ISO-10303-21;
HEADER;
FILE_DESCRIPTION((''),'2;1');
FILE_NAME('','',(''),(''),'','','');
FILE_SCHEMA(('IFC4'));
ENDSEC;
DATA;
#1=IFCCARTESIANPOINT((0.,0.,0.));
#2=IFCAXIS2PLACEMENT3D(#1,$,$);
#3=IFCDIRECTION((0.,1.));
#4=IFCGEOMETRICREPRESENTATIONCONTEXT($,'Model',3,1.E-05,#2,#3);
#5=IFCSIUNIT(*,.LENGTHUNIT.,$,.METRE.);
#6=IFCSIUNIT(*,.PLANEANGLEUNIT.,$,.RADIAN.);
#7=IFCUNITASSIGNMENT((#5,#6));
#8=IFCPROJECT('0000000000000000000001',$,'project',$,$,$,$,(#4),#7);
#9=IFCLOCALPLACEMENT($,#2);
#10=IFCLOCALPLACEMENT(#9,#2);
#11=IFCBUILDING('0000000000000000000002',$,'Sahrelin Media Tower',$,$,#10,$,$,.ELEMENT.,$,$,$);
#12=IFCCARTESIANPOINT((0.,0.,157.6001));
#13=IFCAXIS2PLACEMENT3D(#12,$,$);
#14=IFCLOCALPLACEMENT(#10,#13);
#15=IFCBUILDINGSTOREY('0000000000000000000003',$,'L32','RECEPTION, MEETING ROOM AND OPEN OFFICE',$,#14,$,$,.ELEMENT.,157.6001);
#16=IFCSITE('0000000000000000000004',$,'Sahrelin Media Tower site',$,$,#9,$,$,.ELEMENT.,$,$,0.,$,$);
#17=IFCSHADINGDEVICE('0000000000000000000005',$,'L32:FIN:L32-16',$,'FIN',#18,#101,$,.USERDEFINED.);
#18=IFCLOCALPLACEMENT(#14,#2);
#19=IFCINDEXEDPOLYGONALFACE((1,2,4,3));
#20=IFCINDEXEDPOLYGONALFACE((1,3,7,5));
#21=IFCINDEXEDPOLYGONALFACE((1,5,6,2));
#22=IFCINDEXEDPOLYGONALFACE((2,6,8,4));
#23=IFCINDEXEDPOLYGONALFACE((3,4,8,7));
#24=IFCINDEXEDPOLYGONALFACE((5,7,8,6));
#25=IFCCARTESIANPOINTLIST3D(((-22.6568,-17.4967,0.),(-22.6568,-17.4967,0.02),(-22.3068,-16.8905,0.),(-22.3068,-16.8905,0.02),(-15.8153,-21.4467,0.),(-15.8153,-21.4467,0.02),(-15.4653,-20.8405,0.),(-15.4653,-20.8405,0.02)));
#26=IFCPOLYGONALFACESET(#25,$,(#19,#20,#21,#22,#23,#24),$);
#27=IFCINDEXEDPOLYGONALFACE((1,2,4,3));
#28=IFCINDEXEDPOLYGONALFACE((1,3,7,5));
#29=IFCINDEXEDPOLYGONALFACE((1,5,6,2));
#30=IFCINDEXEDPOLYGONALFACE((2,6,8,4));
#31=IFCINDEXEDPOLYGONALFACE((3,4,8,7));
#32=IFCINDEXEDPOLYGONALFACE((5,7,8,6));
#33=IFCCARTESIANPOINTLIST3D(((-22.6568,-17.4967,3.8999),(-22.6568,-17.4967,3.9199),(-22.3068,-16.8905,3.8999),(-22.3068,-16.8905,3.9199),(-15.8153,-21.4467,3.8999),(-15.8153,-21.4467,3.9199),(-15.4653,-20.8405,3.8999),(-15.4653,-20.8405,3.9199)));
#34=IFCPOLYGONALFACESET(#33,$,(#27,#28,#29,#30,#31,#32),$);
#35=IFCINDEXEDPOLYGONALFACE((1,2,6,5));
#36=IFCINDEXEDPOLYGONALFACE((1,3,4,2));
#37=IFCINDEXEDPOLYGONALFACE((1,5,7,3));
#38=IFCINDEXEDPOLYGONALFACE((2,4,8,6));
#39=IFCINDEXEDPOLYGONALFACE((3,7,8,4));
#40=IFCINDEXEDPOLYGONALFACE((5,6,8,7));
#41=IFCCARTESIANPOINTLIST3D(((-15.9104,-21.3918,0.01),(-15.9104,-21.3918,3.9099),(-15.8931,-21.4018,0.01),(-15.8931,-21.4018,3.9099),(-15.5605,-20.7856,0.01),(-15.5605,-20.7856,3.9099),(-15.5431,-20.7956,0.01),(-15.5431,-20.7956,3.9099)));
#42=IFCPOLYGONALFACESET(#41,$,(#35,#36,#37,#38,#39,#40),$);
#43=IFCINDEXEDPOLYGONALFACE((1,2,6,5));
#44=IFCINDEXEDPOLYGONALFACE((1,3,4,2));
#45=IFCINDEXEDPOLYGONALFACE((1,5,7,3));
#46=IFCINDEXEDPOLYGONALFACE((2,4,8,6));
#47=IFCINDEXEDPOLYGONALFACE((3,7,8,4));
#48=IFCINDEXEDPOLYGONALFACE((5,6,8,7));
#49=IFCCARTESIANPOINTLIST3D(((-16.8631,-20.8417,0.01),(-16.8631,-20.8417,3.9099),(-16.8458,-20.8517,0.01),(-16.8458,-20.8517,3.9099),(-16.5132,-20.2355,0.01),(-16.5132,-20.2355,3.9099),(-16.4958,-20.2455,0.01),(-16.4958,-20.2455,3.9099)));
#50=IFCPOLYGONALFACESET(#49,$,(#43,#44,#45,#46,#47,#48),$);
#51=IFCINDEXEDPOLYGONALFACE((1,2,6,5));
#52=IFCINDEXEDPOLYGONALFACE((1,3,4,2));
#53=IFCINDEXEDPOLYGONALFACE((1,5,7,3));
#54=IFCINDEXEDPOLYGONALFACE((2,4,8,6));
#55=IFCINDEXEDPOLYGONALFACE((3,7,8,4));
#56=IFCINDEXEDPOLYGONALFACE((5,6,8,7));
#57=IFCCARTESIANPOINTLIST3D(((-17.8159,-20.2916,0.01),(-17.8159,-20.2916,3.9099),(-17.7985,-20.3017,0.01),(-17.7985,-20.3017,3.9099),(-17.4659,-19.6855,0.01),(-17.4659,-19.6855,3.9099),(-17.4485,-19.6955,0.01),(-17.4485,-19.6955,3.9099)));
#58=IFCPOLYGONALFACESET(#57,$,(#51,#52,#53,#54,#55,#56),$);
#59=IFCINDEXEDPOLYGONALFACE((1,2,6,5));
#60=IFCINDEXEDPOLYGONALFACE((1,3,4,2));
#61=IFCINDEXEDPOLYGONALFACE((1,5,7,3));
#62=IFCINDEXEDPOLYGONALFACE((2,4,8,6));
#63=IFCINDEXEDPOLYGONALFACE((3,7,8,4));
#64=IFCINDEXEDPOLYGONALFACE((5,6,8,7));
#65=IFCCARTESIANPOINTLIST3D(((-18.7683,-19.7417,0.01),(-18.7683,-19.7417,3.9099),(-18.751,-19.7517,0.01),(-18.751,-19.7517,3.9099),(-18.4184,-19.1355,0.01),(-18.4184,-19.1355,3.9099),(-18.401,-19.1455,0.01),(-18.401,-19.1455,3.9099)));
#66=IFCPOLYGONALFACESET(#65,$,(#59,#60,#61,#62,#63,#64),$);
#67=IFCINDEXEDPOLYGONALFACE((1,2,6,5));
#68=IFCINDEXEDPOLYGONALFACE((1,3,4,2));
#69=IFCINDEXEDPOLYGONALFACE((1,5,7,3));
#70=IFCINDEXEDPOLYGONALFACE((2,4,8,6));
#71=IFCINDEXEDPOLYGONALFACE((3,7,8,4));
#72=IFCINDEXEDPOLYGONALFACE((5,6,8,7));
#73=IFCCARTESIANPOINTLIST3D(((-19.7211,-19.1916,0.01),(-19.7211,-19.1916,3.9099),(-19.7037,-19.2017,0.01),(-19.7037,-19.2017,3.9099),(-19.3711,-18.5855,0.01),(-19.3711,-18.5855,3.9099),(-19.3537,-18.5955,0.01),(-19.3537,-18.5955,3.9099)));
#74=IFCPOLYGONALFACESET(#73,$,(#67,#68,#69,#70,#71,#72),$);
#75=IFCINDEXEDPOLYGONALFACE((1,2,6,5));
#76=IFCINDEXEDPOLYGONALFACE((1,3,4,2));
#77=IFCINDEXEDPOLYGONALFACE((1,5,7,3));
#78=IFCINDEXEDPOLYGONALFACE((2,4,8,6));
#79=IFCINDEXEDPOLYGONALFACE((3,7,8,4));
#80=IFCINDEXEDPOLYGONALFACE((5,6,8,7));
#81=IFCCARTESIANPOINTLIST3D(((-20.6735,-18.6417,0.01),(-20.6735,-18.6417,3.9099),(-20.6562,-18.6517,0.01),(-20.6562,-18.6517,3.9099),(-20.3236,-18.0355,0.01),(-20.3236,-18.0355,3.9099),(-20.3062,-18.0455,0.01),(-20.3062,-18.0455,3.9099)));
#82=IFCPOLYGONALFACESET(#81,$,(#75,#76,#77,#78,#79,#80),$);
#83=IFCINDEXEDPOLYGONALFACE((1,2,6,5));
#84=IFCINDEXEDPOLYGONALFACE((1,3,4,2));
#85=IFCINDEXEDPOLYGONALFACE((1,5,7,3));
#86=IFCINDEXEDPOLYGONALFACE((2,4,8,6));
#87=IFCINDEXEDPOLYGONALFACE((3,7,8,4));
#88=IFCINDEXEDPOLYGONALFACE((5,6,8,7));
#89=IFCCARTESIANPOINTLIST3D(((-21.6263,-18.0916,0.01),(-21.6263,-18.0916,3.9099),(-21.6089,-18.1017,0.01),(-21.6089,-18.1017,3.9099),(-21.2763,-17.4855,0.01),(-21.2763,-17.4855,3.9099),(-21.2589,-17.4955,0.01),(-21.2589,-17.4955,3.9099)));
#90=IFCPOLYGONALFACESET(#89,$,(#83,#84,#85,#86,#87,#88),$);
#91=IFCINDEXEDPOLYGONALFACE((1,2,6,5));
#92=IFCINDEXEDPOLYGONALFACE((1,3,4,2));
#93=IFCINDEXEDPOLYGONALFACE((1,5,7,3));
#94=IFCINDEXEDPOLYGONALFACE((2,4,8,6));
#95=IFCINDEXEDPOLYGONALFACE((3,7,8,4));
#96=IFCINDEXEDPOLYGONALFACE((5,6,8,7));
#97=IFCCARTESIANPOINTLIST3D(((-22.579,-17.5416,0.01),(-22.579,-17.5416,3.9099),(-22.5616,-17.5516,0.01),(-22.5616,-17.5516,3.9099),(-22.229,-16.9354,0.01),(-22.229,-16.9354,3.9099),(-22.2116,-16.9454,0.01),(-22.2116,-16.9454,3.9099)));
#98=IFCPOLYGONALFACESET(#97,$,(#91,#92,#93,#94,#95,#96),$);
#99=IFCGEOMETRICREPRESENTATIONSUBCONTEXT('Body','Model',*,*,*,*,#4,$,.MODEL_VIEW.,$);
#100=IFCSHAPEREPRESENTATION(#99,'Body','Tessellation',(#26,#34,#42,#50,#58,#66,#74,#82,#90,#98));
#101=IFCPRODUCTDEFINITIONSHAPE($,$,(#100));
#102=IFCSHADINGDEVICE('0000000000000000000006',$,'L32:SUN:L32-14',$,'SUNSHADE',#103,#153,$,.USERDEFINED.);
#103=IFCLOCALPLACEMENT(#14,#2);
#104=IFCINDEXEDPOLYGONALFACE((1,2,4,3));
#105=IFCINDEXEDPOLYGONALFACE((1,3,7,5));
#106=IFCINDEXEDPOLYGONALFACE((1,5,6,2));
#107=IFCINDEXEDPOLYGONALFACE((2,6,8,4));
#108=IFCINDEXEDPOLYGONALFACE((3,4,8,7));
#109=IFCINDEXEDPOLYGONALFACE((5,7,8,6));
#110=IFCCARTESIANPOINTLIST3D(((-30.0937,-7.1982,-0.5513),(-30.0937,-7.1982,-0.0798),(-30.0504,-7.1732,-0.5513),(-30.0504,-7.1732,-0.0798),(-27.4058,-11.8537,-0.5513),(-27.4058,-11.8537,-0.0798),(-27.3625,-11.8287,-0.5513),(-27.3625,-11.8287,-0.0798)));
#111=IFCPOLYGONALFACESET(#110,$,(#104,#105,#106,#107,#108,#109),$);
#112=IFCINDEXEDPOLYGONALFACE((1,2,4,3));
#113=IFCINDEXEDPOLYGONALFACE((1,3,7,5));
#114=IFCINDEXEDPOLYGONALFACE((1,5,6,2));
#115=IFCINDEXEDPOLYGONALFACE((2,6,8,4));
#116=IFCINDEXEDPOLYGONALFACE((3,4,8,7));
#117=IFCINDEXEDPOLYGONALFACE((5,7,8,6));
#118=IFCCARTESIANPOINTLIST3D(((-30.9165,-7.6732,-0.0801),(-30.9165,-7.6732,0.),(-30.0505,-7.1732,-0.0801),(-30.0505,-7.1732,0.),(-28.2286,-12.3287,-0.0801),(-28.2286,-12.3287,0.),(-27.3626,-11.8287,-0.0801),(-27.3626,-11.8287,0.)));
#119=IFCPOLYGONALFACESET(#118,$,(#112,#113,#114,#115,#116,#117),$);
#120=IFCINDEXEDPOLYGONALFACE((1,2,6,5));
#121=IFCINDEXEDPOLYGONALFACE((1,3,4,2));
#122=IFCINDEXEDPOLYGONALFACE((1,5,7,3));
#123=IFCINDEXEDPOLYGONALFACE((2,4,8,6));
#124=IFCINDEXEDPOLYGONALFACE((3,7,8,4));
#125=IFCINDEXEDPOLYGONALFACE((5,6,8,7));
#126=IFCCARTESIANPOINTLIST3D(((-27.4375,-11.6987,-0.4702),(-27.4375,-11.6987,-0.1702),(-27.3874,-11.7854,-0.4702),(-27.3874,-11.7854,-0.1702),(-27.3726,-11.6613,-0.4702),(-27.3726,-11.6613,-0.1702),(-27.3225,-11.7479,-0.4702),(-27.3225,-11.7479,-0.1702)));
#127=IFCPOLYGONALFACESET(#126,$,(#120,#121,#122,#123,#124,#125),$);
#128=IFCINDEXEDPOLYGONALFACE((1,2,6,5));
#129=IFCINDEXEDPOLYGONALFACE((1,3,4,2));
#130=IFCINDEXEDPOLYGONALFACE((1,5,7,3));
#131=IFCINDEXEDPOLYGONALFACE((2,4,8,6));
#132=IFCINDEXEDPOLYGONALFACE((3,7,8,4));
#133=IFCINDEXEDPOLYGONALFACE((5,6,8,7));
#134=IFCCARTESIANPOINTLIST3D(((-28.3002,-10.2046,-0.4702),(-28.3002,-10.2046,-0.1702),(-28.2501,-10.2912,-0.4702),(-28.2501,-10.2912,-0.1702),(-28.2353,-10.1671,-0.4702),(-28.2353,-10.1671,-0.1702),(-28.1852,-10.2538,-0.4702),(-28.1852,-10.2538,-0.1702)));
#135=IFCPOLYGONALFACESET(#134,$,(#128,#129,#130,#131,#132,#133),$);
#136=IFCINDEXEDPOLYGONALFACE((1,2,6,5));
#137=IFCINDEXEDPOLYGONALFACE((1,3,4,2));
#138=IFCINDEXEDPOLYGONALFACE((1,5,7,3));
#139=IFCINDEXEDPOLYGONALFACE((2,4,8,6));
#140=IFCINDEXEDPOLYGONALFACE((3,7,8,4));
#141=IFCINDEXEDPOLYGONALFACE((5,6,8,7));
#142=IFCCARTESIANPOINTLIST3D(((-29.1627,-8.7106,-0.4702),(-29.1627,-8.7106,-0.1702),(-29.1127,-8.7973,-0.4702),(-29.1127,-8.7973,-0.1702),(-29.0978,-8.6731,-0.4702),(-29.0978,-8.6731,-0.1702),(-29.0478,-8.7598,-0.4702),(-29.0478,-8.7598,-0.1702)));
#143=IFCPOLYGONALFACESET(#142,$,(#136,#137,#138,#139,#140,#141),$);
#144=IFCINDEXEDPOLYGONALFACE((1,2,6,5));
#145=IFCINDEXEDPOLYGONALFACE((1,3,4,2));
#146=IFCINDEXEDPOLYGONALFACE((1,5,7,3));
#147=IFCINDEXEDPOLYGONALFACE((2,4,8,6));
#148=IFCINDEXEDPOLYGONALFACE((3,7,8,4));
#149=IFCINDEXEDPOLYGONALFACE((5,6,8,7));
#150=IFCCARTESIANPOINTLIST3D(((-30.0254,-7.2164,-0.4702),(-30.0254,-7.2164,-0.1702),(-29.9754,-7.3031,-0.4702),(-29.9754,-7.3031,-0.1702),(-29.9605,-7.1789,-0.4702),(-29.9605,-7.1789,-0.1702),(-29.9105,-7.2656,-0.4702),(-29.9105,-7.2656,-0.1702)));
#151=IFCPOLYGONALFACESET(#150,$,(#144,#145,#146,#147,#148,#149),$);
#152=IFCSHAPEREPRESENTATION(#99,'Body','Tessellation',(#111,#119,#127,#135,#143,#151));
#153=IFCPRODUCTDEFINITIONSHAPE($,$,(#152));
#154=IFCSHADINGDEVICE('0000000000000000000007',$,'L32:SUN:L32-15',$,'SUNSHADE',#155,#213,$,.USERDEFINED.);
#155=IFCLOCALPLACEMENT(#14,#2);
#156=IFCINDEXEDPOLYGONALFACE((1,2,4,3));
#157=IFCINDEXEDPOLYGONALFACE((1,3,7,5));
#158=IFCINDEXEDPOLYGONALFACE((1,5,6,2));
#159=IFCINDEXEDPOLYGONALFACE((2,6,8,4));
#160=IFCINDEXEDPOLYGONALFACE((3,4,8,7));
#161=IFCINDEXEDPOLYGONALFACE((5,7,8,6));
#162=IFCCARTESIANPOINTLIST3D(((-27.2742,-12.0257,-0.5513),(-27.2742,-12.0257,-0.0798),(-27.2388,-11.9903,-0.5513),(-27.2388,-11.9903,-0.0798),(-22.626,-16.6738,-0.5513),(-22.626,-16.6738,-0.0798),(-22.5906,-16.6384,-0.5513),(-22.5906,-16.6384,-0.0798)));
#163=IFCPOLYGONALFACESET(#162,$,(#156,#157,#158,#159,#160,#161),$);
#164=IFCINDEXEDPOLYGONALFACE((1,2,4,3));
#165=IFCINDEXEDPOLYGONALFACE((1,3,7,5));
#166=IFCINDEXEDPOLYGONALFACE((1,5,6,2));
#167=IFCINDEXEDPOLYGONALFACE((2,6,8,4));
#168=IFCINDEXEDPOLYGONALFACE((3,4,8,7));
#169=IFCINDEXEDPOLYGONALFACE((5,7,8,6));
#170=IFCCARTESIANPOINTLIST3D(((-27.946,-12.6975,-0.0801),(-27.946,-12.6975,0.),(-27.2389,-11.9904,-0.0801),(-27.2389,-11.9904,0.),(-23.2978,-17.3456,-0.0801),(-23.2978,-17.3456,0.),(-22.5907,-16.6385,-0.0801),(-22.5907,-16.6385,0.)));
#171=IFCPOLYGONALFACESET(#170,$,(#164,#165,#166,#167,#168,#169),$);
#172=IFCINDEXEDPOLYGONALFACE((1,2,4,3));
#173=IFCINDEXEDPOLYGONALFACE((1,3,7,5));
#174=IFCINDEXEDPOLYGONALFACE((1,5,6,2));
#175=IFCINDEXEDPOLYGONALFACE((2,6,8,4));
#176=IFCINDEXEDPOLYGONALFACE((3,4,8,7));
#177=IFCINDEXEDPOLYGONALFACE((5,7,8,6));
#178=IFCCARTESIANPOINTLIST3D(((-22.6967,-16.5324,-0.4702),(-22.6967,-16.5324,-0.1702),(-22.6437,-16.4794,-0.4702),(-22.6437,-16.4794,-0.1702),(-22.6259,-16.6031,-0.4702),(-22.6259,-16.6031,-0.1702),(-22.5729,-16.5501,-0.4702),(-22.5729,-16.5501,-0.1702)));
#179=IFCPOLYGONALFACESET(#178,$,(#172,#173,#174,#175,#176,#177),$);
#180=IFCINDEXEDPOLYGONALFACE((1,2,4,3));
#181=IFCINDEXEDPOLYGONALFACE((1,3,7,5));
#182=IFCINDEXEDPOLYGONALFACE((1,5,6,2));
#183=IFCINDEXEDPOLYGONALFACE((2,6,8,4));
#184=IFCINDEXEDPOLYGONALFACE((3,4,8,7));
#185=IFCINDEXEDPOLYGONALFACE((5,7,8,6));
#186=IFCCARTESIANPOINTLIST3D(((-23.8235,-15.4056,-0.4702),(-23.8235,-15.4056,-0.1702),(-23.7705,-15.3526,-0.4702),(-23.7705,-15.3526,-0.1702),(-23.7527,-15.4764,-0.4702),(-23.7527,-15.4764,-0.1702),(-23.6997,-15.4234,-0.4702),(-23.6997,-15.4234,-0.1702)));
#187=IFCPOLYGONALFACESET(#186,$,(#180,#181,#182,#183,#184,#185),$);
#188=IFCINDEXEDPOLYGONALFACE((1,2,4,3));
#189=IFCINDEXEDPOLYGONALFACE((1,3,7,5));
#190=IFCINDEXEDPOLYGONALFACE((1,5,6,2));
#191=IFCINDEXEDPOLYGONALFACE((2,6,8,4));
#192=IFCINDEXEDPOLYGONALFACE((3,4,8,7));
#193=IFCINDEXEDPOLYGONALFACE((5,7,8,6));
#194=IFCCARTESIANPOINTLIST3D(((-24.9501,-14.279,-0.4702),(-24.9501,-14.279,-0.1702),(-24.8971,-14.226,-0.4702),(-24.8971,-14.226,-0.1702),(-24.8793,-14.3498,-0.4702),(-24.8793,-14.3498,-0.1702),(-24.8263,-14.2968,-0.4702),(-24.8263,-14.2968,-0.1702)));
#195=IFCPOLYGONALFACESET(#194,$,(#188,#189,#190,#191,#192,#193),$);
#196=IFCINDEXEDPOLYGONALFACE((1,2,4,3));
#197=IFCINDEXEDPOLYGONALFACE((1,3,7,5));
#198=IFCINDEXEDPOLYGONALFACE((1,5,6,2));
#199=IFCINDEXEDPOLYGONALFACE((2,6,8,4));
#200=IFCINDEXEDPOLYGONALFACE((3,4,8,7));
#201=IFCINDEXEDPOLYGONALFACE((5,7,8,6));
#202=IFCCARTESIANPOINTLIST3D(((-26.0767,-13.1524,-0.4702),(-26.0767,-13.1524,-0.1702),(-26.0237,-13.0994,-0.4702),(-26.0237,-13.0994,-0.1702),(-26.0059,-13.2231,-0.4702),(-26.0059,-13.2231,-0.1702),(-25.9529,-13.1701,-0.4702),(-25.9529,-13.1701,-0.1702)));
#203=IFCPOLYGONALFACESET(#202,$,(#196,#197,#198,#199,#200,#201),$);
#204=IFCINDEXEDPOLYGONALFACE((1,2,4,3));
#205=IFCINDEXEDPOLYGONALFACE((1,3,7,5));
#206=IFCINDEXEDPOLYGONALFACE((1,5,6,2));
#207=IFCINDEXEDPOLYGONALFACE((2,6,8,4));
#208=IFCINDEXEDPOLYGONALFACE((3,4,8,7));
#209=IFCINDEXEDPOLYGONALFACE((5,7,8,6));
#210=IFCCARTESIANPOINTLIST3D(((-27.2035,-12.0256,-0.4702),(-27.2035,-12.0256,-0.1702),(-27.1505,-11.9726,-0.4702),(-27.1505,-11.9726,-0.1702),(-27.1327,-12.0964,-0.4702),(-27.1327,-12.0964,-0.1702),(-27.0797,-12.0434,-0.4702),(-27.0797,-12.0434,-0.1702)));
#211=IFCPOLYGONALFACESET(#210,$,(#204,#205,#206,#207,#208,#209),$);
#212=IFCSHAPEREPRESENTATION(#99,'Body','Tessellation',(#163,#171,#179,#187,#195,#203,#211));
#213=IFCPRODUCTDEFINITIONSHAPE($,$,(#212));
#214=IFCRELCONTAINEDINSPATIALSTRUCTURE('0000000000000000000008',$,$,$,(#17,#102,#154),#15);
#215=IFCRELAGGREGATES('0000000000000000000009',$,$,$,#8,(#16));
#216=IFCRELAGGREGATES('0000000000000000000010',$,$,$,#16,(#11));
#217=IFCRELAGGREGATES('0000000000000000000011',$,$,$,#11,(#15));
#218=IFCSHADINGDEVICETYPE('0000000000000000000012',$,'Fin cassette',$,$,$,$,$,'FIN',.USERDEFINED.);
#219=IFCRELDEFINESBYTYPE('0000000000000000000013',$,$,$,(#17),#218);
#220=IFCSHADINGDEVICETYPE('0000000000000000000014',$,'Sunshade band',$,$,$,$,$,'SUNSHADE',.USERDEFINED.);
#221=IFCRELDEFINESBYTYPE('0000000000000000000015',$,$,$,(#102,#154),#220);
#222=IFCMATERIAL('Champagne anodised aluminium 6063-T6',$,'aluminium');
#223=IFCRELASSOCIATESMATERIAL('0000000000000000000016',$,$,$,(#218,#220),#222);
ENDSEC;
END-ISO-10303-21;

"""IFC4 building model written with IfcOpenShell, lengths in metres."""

from ifc_helpers import new_model, si_unit, direction, frame, origin, origin_2d, place, context, subcontext, project, spatial, rectangle, extrude, material, type_object, element, save


model = new_model("IFC4")

# Units and contexts
model_context = context("Model", 3, precision=1e-05, world=origin(), true_north=direction((0.0, 1.0)))
body_context = subcontext(model_context, "Body", "Model", "MODEL_VIEW")
ifc_project = project(units=[si_unit("LENGTHUNIT", "METRE"), si_unit("PLANEANGLEUNIT", "RADIAN")], contexts=[model_context])

# Site, building, storey
site_placement = place(None, origin())
site = spatial("IfcSite", under=ifc_project, at=site_placement, Name="Sahrelin Media Tower site", CompositionType="ELEMENT", RefElevation=0.0)
building_placement = place(site_placement, origin())
building = spatial("IfcBuilding", under=site, at=building_placement, Name="Sahrelin Media Tower", CompositionType="ELEMENT")
storey_placement = place(building_placement, frame((0.0, 0.0, 157.6001)))
storey = spatial("IfcBuildingStorey", under=building, at=storey_placement, Name="L32", Description="RECEPTION, MEETING ROOM AND OPEN OFFICE", CompositionType="ELEMENT", Elevation=157.6001)

# Shared definitions
ifc_material_1 = material(Name="Champagne anodised aluminium 6063-T6", Category="aluminium")

# Shading devices
shading_device_type_1 = type_object("IfcShadingDeviceType", Name="Fin cassette", ElementType="FIN", PredefinedType="USERDEFINED", material=ifc_material_1)
placement_1 = place(storey_placement, frame((-28.6892, -9.491, 0.0), z_axis=(0.0, 0.0, 1.0), x_axis=(-0.500011, 0.866019, 0.0)))
placement_2 = place(storey_placement, frame((-24.9006, -14.3003, 0.0), z_axis=(0.0, 0.0, 1.0), x_axis=(-0.707107, 0.707107, 0.0)))
placement_3 = place(storey_placement, frame((-18.8511, -18.8049, 0.0), z_axis=(0.0, 0.0, 1.0), x_axis=(-0.866019, 0.500011, 0.0)))
element("IfcShadingDevice", 1, at=placement_3, inside=storey, type_object=shading_device_type_1, Name="L32:FIN:L32-16", ObjectType="FIN", PredefinedType="USERDEFINED", context=body_context, shape_type="SweptSolid", body=[
    extrude(rectangle(XDim=7.8999, YDim=0.7, at=origin_2d()), frame((0.0, 0.4199, 0.0)), (0.0, 0.0, 1.0), 0.02),
    extrude(rectangle(XDim=7.8999, YDim=0.7, at=origin_2d()), frame((0.0, 0.4199, 3.8999)), (0.0, 0.0, 1.0), 0.02),
    extrude(rectangle(XDim=0.02, YDim=0.7, at=origin_2d()), frame((-3.8501, 0.4199, 0.01), z_axis=(0.0, 0.0, 1.0), x_axis=(1.0, 0.0, 0.0)), (0.0, 0.0, 1.0), 3.8999),
    extrude(rectangle(XDim=0.02, YDim=0.7, at=origin_2d()), frame((-2.75, 0.4199, 0.01), z_axis=(0.0, 0.0, 1.0), x_axis=(1.0, 0.0, 0.0)), (0.0, 0.0, 1.0), 3.8999),
    extrude(rectangle(XDim=0.02, YDim=0.7, at=origin_2d()), frame((-1.6499, 0.4199, 0.01), z_axis=(0.0, 0.0, 1.0), x_axis=(1.0, 0.0, 0.0)), (0.0, 0.0, 1.0), 3.8999),
    extrude(rectangle(XDim=0.02, YDim=0.7, at=origin_2d()), frame((-0.55, 0.4199, 0.01), z_axis=(0.0, 0.0, 1.0), x_axis=(1.0, 0.0, 0.0)), (0.0, 0.0, 1.0), 3.8999),
    extrude(rectangle(XDim=0.02, YDim=0.7, at=origin_2d()), frame((0.55, 0.4199, 0.01), z_axis=(0.0, 0.0, 1.0), x_axis=(1.0, 0.0, 0.0)), (0.0, 0.0, 1.0), 3.8999),
    extrude(rectangle(XDim=0.02, YDim=0.7, at=origin_2d()), frame((1.6499, 0.4199, 0.01), z_axis=(0.0, 0.0, 1.0), x_axis=(1.0, 0.0, 0.0)), (0.0, 0.0, 1.0), 3.8999),
    extrude(rectangle(XDim=0.02, YDim=0.7, at=origin_2d()), frame((2.75, 0.4199, 0.01), z_axis=(0.0, 0.0, 1.0), x_axis=(1.0, 0.0, 0.0)), (0.0, 0.0, 1.0), 3.8999),
    extrude(rectangle(XDim=0.02, YDim=0.7, at=origin_2d()), frame((3.8501, 0.4199, 0.01), z_axis=(0.0, 0.0, 1.0), x_axis=(1.0, 0.0, 0.0)), (0.0, 0.0, 1.0), 3.8999),
])
shading_device_type_2 = type_object("IfcShadingDeviceType", Name="Sunshade band", ElementType="SUNSHADE", PredefinedType="USERDEFINED", material=ifc_material_1)
element("IfcShadingDevice", 2, at=placement_1, inside=storey, type_object=shading_device_type_2, Name="L32:SUN:L32-14", ObjectType="SUNSHADE", PredefinedType="USERDEFINED", context=body_context, shape_type="SweptSolid", body=[
    extrude(rectangle(XDim=5.3757, YDim=0.05, at=origin_2d()), frame((0.0, 0.0449, -0.5513)), (0.0, 0.0, 1.0), 0.4714),
    extrude(rectangle(XDim=5.3757, YDim=1.0, at=origin_2d()), frame((0.0, 0.52, -0.0801)), (0.0, 0.0, 1.0), 0.0801),
    extrude(rectangle(XDim=0.1001, YDim=0.075, at=origin_2d()), frame((-2.5879, -0.0176, -0.4702)), (0.0, 0.0, 1.0), 0.3),
    extrude(rectangle(XDim=0.1001, YDim=0.075, at=origin_2d()), frame((-0.8625, -0.0176, -0.4702)), (0.0, 0.0, 1.0), 0.3),
    extrude(rectangle(XDim=0.1001, YDim=0.075, at=origin_2d()), frame((0.8625, -0.0176, -0.4702)), (0.0, 0.0, 1.0), 0.3),
    extrude(rectangle(XDim=0.1001, YDim=0.075, at=origin_2d()), frame((2.5879, -0.0176, -0.4702)), (0.0, 0.0, 1.0), 0.3),
])
element("IfcShadingDevice", 3, at=placement_2, inside=storey, type_object=shading_device_type_2, Name="L32:SUN:L32-15", ObjectType="SUNSHADE", PredefinedType="USERDEFINED", context=body_context, shape_type="SweptSolid", body=[
    extrude(rectangle(XDim=6.5735, YDim=0.05, at=origin_2d()), frame((0.0, 0.0449, -0.5513)), (0.0, 0.0, 1.0), 0.4714),
    extrude(rectangle(XDim=6.5735, YDim=1.0, at=origin_2d()), frame((0.0, 0.52, -0.0801)), (0.0, 0.0, 1.0), 0.0801),
    extrude(rectangle(XDim=0.1001, YDim=0.075, at=origin_2d()), frame((-3.1868, -0.0176, -0.4702)), (0.0, 0.0, 1.0), 0.3),
    extrude(rectangle(XDim=0.1001, YDim=0.075, at=origin_2d()), frame((-1.5933, -0.0176, -0.4702)), (0.0, 0.0, 1.0), 0.3),
    extrude(rectangle(XDim=0.1001, YDim=0.075, at=origin_2d()), frame((0.0, -0.0176, -0.4702)), (0.0, 0.0, 1.0), 0.3),
    extrude(rectangle(XDim=0.1001, YDim=0.075, at=origin_2d()), frame((1.5933, -0.0176, -0.4702)), (0.0, 0.0, 1.0), 0.3),
    extrude(rectangle(XDim=0.1001, YDim=0.075, at=origin_2d()), frame((3.1868, -0.0176, -0.4702)), (0.0, 0.0, 1.0), 0.3),
])

save(model, "model.ifc")
